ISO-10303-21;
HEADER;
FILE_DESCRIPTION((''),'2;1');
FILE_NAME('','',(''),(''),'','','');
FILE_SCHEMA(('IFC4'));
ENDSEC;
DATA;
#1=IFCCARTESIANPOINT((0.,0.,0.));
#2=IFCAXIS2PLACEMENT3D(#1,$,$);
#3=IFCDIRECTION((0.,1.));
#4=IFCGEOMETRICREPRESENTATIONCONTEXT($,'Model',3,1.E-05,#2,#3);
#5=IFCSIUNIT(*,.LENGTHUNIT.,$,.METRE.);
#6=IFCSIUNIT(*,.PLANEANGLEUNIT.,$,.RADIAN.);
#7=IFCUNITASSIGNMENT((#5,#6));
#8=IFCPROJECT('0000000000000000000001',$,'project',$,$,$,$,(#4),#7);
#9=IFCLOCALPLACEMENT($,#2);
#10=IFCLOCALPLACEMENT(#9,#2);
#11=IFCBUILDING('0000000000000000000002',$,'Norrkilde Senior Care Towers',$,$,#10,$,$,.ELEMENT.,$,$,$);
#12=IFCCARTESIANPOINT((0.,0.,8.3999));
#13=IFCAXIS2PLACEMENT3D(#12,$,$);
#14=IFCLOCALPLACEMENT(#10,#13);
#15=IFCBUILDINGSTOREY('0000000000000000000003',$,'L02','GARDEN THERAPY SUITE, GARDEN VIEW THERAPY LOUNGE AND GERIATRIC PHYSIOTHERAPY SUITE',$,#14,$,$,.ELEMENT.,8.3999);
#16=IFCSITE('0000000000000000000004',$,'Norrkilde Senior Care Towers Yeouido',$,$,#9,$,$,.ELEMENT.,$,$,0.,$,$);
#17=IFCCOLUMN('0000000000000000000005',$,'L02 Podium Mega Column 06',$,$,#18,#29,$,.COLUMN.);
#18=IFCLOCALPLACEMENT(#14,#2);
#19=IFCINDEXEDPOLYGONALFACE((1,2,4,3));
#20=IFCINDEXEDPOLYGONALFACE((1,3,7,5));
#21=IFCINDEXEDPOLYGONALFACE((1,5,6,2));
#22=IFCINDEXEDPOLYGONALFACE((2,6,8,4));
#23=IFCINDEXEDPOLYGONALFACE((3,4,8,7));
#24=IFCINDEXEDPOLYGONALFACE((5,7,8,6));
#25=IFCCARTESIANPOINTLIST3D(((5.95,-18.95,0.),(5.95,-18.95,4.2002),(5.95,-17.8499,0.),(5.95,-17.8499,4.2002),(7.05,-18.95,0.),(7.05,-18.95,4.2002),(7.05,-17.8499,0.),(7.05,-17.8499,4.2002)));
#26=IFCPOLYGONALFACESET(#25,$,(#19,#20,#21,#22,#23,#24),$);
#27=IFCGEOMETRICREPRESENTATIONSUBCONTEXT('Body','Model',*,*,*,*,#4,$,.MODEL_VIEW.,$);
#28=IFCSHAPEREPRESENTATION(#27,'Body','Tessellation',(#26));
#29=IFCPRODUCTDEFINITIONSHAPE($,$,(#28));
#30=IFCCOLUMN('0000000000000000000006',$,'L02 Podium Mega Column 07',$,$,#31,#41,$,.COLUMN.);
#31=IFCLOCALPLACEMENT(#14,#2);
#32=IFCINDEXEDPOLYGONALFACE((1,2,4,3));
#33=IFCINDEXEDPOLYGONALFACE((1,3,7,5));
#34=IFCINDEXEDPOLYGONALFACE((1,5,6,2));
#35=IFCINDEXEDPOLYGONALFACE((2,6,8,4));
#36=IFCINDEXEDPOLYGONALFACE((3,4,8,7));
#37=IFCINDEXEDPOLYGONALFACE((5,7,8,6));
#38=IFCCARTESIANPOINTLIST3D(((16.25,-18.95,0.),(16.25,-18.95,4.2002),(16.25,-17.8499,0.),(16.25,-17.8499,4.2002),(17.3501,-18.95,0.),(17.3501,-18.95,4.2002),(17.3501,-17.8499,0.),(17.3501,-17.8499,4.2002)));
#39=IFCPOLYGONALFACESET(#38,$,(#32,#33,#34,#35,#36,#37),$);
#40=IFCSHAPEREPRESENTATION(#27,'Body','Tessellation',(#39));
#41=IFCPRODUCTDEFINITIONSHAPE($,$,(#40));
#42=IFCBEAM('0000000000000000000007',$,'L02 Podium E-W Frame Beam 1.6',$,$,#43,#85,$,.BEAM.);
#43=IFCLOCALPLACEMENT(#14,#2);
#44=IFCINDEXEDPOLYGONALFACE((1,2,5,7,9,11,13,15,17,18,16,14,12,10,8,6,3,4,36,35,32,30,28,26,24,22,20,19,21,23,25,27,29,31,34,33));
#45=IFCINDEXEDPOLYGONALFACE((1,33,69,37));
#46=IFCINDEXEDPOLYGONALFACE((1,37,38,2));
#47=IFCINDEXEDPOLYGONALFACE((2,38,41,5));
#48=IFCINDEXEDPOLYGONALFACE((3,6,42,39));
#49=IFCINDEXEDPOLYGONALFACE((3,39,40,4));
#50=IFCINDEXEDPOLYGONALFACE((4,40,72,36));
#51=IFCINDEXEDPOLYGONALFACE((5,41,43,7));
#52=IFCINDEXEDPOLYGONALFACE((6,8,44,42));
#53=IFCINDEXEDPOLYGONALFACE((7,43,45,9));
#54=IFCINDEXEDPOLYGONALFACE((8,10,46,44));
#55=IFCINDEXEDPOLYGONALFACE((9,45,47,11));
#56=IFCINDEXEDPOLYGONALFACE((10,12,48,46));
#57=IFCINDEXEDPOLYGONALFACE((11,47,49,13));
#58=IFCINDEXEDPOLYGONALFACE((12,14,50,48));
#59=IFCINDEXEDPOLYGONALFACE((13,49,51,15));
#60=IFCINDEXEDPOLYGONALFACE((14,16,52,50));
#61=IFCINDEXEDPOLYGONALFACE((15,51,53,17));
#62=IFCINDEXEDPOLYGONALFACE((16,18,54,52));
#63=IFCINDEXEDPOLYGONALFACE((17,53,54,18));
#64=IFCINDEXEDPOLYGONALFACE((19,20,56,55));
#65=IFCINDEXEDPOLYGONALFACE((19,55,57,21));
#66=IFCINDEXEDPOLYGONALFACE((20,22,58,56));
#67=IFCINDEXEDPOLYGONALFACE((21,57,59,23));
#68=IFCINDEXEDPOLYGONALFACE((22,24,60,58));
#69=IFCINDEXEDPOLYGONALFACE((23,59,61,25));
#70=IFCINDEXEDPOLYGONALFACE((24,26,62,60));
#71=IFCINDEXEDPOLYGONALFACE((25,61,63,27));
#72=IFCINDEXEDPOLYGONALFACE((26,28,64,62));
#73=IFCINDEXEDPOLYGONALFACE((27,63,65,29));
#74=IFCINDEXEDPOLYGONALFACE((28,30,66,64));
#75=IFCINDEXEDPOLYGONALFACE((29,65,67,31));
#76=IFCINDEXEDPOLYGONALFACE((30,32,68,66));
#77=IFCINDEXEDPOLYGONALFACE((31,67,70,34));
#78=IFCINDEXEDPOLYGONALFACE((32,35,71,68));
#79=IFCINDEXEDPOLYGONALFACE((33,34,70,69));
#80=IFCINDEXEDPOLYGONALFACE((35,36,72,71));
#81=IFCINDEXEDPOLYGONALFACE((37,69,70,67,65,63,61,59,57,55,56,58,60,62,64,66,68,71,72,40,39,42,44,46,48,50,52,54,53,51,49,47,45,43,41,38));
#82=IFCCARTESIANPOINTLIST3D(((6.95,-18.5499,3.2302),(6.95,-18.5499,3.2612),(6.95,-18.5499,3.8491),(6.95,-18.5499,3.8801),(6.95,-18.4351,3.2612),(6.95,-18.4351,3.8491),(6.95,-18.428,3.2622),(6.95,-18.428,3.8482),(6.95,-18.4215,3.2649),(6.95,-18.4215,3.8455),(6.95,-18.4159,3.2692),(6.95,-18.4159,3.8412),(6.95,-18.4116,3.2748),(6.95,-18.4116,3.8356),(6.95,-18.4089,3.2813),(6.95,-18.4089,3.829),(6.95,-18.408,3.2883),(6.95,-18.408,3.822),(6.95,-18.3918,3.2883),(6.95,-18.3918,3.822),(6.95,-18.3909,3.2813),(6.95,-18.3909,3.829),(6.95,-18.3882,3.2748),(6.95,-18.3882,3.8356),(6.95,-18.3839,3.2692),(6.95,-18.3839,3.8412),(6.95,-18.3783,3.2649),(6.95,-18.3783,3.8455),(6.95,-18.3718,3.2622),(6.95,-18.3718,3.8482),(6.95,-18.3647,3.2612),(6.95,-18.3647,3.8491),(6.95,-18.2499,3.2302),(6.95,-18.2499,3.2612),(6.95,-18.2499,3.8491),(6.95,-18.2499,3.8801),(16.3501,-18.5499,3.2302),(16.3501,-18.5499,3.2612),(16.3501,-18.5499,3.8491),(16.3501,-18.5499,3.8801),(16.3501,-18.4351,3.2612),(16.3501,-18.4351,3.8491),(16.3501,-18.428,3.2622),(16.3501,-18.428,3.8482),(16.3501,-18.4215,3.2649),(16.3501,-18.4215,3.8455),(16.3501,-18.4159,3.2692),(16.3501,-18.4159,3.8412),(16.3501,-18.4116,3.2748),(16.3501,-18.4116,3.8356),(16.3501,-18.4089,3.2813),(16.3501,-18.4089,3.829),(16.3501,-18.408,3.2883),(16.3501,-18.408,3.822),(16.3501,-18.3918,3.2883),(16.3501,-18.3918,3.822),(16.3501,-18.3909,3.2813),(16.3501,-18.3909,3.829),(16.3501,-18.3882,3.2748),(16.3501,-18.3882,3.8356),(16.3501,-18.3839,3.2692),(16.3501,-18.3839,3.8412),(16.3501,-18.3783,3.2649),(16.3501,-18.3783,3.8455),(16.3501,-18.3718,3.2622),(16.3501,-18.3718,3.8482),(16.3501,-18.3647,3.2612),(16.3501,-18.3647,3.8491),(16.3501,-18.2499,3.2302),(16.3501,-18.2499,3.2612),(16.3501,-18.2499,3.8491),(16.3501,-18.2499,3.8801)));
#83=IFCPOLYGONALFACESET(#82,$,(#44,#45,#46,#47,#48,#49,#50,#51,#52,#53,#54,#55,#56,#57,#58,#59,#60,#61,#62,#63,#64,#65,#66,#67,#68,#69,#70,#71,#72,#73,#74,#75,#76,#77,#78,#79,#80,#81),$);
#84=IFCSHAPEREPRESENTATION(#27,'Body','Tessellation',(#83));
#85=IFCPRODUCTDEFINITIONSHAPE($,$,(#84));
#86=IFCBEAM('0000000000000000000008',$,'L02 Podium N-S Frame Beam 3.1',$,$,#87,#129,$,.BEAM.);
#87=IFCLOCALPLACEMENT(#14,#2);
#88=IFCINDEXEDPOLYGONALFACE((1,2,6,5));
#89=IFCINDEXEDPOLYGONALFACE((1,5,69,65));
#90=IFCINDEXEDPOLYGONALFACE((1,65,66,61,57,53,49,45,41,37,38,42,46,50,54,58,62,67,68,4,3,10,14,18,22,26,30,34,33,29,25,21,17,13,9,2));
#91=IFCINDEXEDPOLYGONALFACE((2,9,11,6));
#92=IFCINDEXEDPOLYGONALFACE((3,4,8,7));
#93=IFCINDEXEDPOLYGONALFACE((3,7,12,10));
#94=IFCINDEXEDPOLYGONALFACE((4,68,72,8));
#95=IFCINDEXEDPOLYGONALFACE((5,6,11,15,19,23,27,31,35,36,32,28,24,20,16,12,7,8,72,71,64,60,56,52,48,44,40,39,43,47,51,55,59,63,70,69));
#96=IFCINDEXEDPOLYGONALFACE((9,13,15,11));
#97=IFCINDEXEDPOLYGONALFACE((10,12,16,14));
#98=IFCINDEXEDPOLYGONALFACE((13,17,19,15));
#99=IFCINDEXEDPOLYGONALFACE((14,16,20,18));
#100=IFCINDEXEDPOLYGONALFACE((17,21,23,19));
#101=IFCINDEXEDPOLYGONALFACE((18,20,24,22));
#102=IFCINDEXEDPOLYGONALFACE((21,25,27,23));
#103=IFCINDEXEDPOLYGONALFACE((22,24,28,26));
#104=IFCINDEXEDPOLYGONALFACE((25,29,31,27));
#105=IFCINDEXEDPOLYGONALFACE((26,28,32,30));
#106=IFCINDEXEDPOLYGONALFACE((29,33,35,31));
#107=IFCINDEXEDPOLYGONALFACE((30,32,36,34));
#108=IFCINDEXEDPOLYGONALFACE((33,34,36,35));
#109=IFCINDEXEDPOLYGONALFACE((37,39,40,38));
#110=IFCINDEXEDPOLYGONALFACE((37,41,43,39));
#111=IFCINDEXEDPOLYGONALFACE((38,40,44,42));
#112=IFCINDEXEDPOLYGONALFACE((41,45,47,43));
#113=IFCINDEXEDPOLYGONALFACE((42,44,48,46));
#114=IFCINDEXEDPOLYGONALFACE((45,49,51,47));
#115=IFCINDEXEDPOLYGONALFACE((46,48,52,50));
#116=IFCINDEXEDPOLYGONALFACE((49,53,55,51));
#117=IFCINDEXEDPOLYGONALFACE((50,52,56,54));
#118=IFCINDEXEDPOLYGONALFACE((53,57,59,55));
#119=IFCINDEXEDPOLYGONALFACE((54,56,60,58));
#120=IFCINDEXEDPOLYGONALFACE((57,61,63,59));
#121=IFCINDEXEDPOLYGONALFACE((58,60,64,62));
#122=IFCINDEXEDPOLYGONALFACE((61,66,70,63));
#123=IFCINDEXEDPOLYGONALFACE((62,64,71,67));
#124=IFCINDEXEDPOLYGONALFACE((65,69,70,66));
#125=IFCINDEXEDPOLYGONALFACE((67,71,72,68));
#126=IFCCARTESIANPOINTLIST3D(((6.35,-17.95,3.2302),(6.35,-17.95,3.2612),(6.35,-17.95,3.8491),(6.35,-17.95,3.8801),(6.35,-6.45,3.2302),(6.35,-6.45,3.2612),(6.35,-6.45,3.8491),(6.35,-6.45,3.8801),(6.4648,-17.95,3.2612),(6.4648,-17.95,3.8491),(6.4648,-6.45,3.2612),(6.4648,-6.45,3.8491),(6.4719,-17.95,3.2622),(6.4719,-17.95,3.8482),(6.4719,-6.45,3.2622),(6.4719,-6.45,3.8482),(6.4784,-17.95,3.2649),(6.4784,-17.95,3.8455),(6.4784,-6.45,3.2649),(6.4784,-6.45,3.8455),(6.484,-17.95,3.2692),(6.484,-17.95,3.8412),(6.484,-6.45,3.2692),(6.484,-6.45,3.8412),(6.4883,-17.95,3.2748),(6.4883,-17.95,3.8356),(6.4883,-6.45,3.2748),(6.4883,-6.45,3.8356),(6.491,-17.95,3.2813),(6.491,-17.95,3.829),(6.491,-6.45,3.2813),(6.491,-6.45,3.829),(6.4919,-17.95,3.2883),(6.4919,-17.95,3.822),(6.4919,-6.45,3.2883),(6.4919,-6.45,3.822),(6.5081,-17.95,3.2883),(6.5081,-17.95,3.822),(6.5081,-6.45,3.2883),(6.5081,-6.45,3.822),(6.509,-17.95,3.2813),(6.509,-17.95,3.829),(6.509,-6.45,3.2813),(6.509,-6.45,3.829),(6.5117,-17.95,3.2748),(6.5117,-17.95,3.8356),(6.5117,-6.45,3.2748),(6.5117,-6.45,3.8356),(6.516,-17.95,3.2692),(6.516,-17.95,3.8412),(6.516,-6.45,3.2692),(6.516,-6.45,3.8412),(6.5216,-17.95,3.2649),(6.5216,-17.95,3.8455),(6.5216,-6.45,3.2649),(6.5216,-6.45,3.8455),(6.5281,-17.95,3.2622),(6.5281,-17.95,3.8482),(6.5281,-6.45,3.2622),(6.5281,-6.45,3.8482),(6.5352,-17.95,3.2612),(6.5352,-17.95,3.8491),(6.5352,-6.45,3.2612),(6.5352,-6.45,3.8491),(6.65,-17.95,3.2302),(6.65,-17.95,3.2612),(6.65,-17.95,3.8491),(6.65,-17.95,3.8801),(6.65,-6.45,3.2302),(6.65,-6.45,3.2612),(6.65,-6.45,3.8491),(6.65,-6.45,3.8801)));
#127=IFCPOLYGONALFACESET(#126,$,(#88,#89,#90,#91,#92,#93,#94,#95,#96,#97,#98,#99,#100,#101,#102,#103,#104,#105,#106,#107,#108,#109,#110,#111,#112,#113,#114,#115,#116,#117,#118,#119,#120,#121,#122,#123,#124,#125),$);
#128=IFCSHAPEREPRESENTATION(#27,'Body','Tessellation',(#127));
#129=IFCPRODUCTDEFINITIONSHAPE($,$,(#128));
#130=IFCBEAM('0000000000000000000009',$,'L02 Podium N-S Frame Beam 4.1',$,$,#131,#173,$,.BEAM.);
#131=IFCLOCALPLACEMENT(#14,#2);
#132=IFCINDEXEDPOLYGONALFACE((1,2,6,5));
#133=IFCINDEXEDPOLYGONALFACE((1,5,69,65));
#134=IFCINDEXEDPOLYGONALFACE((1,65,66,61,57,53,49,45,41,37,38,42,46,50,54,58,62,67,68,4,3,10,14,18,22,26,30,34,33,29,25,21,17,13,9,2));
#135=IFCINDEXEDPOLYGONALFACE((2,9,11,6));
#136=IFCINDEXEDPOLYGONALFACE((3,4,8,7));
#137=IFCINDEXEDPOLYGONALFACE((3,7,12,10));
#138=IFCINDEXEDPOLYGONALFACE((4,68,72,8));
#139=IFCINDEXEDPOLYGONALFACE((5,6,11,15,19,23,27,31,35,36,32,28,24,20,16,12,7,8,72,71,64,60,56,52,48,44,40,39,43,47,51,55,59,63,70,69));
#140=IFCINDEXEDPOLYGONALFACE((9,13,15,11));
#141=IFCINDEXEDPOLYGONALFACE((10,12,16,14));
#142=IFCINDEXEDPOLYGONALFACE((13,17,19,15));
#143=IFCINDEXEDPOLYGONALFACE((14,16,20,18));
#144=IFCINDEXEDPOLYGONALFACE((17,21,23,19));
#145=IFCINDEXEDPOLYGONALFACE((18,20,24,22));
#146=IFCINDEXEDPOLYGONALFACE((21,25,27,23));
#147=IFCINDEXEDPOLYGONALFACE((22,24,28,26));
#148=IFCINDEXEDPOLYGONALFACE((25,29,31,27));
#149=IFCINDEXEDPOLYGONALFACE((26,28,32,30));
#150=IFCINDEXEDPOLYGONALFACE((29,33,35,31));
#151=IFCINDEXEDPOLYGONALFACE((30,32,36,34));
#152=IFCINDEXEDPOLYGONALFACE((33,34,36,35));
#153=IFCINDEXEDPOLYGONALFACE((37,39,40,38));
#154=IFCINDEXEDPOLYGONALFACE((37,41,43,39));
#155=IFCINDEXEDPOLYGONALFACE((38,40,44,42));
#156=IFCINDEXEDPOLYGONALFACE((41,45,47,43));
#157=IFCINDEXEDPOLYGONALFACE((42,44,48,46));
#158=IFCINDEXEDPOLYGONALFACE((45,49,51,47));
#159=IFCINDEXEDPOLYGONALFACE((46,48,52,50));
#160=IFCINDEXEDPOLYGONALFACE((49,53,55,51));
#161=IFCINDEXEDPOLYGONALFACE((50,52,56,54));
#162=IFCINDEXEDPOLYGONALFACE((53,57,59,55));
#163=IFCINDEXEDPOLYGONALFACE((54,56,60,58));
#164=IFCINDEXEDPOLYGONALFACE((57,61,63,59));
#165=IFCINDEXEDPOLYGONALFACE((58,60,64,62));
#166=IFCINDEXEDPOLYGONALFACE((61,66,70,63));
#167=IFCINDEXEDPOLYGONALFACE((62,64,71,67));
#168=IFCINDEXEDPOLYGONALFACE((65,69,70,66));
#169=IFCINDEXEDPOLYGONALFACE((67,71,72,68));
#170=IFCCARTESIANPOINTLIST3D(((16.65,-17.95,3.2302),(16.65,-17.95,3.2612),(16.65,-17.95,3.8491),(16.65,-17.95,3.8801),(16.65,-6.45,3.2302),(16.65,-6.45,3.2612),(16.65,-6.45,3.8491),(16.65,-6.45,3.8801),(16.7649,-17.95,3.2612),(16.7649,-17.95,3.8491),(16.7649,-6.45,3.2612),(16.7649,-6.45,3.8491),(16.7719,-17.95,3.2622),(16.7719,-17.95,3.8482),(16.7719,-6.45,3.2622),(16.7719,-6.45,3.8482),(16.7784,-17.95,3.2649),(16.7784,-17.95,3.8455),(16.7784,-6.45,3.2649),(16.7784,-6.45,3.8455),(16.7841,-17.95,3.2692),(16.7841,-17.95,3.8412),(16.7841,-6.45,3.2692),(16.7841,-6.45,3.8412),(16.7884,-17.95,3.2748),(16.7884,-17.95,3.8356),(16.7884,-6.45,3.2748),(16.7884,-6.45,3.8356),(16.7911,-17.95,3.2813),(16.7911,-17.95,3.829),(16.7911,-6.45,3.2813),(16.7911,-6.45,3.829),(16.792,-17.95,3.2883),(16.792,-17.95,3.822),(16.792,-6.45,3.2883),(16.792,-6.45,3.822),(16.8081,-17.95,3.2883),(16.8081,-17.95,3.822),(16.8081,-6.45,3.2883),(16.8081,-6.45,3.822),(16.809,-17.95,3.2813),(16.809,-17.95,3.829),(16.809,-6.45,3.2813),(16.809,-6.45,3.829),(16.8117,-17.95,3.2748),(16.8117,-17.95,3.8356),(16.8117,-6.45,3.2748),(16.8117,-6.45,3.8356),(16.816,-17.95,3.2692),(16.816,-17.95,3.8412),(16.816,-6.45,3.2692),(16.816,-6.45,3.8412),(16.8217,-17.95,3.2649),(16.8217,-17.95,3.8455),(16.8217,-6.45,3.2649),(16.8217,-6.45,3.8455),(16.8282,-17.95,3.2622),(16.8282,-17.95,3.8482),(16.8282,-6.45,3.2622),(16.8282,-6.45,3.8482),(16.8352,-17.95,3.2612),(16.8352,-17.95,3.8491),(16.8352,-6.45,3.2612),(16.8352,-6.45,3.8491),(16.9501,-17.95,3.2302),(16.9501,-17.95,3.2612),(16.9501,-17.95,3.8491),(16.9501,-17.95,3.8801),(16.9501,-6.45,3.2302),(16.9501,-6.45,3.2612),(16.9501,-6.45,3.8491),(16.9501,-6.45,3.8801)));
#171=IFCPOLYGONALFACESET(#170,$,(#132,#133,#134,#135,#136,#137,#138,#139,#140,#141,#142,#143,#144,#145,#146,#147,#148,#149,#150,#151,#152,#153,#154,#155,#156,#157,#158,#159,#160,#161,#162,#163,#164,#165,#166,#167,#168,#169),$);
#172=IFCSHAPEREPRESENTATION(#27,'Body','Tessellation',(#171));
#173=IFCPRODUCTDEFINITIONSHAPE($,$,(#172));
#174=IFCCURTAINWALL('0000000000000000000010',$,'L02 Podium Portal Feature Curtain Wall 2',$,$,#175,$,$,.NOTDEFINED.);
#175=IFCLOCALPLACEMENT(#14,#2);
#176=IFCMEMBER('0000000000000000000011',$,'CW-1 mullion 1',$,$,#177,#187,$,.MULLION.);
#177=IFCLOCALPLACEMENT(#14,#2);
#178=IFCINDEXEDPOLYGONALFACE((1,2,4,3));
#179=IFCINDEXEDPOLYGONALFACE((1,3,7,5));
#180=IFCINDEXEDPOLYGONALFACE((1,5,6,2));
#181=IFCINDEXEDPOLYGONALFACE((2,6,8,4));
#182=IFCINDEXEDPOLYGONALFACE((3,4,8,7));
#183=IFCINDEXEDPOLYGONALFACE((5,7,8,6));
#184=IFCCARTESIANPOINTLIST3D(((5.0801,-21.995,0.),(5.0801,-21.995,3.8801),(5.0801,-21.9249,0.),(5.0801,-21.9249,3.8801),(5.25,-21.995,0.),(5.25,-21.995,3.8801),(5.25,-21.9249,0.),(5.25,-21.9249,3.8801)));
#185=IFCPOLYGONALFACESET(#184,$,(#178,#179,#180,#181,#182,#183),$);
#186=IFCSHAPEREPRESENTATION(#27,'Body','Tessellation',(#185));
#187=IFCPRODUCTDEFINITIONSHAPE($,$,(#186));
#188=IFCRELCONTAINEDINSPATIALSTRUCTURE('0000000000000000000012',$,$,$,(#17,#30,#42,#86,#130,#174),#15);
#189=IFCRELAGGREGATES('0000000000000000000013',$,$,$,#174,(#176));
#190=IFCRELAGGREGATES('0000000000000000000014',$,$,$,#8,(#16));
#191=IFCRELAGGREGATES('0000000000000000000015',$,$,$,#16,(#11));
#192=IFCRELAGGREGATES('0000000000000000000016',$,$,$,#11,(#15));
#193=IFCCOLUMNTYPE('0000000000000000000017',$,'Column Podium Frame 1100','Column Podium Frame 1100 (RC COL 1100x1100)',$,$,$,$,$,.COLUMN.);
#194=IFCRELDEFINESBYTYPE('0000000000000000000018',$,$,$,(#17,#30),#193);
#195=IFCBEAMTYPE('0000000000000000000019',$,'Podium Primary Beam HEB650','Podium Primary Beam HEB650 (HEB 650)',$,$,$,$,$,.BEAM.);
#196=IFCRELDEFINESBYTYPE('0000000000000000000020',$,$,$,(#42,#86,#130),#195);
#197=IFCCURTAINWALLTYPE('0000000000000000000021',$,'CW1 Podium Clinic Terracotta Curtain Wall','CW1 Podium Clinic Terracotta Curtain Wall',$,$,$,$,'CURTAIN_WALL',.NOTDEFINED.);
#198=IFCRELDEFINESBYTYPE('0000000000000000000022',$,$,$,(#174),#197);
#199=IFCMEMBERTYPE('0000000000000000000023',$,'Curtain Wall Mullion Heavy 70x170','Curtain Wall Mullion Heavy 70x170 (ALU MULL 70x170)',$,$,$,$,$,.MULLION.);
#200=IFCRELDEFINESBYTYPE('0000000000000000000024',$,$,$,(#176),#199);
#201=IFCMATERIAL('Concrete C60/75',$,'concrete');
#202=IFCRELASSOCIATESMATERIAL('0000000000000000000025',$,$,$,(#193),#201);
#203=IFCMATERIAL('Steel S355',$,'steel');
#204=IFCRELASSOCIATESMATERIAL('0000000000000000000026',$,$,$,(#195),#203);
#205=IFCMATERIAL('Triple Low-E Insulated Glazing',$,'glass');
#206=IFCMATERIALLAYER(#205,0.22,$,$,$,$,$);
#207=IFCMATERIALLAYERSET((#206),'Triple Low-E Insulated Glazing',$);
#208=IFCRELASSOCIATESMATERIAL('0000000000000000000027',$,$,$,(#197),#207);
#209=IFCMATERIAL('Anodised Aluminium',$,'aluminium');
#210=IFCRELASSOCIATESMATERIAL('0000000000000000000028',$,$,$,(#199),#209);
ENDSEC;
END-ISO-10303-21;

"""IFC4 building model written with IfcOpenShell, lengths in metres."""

from ifc_helpers import new_model, si_unit, direction, frame, origin, origin_2d, place, context, subcontext, project, spatial, rectangle, i_section, extrude, source, transform, mapped, material, layer, layer_set, material_profile, profile_set, type_object, type_shapes, element, aggregate, save


model = new_model("IFC4")

# Units and contexts
model_context = context("Model", 3, precision=1e-05, world=origin(), true_north=direction((0.0, 1.0)))
body_context = subcontext(model_context, "Body", "Model", "MODEL_VIEW")
ifc_project = project(units=[si_unit("LENGTHUNIT", "METRE"), si_unit("PLANEANGLEUNIT", "RADIAN")], contexts=[model_context])

# Site, building, storey
site_placement = place(None, origin())
site = spatial("IfcSite", under=ifc_project, at=site_placement, Name="Norrkilde Senior Care Towers Yeouido", CompositionType="ELEMENT", RefElevation=0.0)
building_placement = place(site_placement, origin())
building = spatial("IfcBuilding", under=site, at=building_placement, Name="Norrkilde Senior Care Towers", CompositionType="ELEMENT")
storey_placement = place(building_placement, frame((0.0, 0.0, 8.3999)))
storey = spatial("IfcBuildingStorey", under=building, at=storey_placement, Name="L02", Description="GARDEN THERAPY SUITE, GARDEN VIEW THERAPY LOUNGE AND GERIATRIC PHYSIOTHERAPY SUITE", CompositionType="ELEMENT", Elevation=8.3999)

# Columns
ifc_material_1 = material(Name="Concrete C60/75", Category="concrete")
ifc_material_profile_1 = material_profile(ifc_material_1, rectangle(XDim=1.1001, YDim=1.1001, at=origin_2d()), Name="RC COL 1100x1100")
ifc_profile_set_1 = profile_set([ifc_material_profile_1], Name="Concrete C60/75")
column_type = type_object("IfcColumnType", Name="Column Podium Frame 1100", Description="Column Podium Frame 1100 (RC COL 1100x1100)", PredefinedType="COLUMN", material=ifc_profile_set_1)
shared_shape_1 = source(origin(), body_context, "Body", "SweptSolid", [
    extrude(rectangle(XDim=1.1001, YDim=1.1001, at=origin_2d()), origin(), (0.0, 0.0, 1.0), 4.2002),
])
type_shapes(column_type, [shared_shape_1])
for number, where, z_axis, x_axis, name in (
    (1, (6.5, -18.3999, 0.0), (0.0, 0.0, 1.0), (1.0, 0.0, 0.0), "L02 Podium Mega Column 06"),
    (2, (16.8, -18.3999, 0.0), (0.0, 0.0, 1.0), (1.0, 0.0, 0.0), "L02 Podium Mega Column 07"),
):
    element("IfcColumn", number, at=place(storey_placement, frame(where, z_axis=z_axis, x_axis=x_axis)), inside=storey, type_object=column_type, Name=name, PredefinedType="COLUMN", context=body_context, shape_type="MappedRepresentation", body=[
        mapped(shared_shape_1, transform((0.0, 0.0, 0.0), x_axis=(1.0, 0.0, 0.0), y_axis=(0.0, 1.0, 0.0), z_axis=(0.0, 0.0, 1.0), scale=1.0)),
    ])

# Beams
ifc_material_2 = material(Name="Steel S355", Category="steel")
ifc_material_profile_2 = material_profile(ifc_material_2, i_section(OverallWidth=0.3, OverallDepth=0.6499, WebThickness=0.0161, FlangeThickness=0.031, FilletRadius=0.0271, at=origin_2d()), Name="HEB 650")
ifc_profile_set_2 = profile_set([ifc_material_profile_2], Name="Steel S355")
beam_type = type_object("IfcBeamType", Name="Podium Primary Beam HEB650", Description="Podium Primary Beam HEB650 (HEB 650)", PredefinedType="BEAM", material=ifc_profile_set_2)
shared_shape_2 = source(origin(), body_context, "Body", "SweptSolid", [
    extrude(i_section(OverallWidth=0.3, OverallDepth=0.6499, WebThickness=0.0161, FlangeThickness=0.031, FilletRadius=0.0271, at=origin_2d()), origin(), (0.0, 0.0, 1.0), 9.4001),
])
beam_placement = place(storey_placement, frame((6.95, -18.3999, 3.5552), z_axis=(1.0, 0.0, 0.0), x_axis=(0.0, 1.0, 0.0)))
element("IfcBeam", 3, at=beam_placement, inside=storey, type_object=beam_type, Name="L02 Podium E-W Frame Beam 1.6", PredefinedType="BEAM", context=body_context, shape_type="MappedRepresentation", body=[
    mapped(shared_shape_2, transform((0.0, 0.0, 0.0), x_axis=(1.0, 0.0, 0.0), y_axis=(0.0, 1.0, 0.0), z_axis=(0.0, 0.0, 1.0), scale=1.0)),
])
shared_shape_3 = source(origin(), body_context, "Body", "SweptSolid", [
    extrude(i_section(OverallWidth=0.3, OverallDepth=0.6499, WebThickness=0.0161, FlangeThickness=0.031, FilletRadius=0.0271, at=origin_2d()), origin(), (0.0, 0.0, 1.0), 11.5),
])
type_shapes(beam_type, [shared_shape_2, shared_shape_3])
for number, where, z_axis, x_axis, name in (
    (4, (6.5, -17.95, 3.5552), (0.0, 1.0, 0.0), (-1.0, 0.0, 0.0), "L02 Podium N-S Frame Beam 3.1"),
    (5, (16.8, -17.95, 3.5552), (0.0, 1.0, 0.0), (-1.0, 0.0, 0.0), "L02 Podium N-S Frame Beam 4.1"),
):
    element("IfcBeam", number, at=place(storey_placement, frame(where, z_axis=z_axis, x_axis=x_axis)), inside=storey, type_object=beam_type, Name=name, PredefinedType="BEAM", context=body_context, shape_type="MappedRepresentation", body=[
        mapped(shared_shape_3, transform((0.0, 0.0, 0.0), x_axis=(1.0, 0.0, 0.0), y_axis=(0.0, 1.0, 0.0), z_axis=(0.0, 0.0, 1.0), scale=1.0)),
    ])

# Curtain wall, member
ifc_material_3 = material(Name="Triple Low-E Insulated Glazing", Category="glass")
ifc_layer_1 = layer(ifc_material_3, 0.22)
ifc_layer_set_1 = layer_set([ifc_layer_1], Name="Triple Low-E Insulated Glazing")
curtain_wall_type = type_object("IfcCurtainWallType", Name="CW1 Podium Clinic Terracotta Curtain Wall", Description="CW1 Podium Clinic Terracotta Curtain Wall", ElementType="CURTAIN_WALL", PredefinedType="NOTDEFINED", material=ifc_layer_set_1)
curtain_wall_placement = place(storey_placement, origin())
curtain_wall = element("IfcCurtainWall", 6, at=curtain_wall_placement, inside=storey, type_object=curtain_wall_type, Name="L02 Podium Portal Feature Curtain Wall 2", PredefinedType="NOTDEFINED")
ifc_material_4 = material(Name="Anodised Aluminium", Category="aluminium")
ifc_material_profile_3 = material_profile(ifc_material_4, rectangle(XDim=0.0701, YDim=0.1699, at=origin_2d()), Name="ALU MULL 70x170")
ifc_profile_set_3 = profile_set([ifc_material_profile_3], Name="Anodised Aluminium")
member_type_1 = type_object("IfcMemberType", Name="Curtain Wall Mullion Heavy 70x170", Description="Curtain Wall Mullion Heavy 70x170 (ALU MULL 70x170)", PredefinedType="MULLION", material=ifc_profile_set_3)
shared_shape_4 = source(origin(), body_context, "Body", "SweptSolid", [
    extrude(rectangle(XDim=0.0701, YDim=0.1699, at=origin_2d()), origin(), (0.0, 0.0, 1.0), 3.8801),
])
type_shapes(member_type_1, [shared_shape_4])
member_1_placement = place(storey_placement, frame((5.165, -21.96, 0.0), z_axis=(0.0, 0.0, 1.0), x_axis=(0.0, -1.0, 0.0)))
member_1 = element("IfcMember", 7, at=member_1_placement, type_object=member_type_1, Name="CW-1 mullion 1", PredefinedType="MULLION", context=body_context, shape_type="MappedRepresentation", body=[
    mapped(shared_shape_4, transform((0.0, 0.0, 0.0), x_axis=(1.0, 0.0, 0.0), y_axis=(0.0, 1.0, 0.0), z_axis=(0.0, 0.0, 1.0), scale=1.0)),
])
aggregate(curtain_wall, [member_1])

save(model, "model.ifc")
